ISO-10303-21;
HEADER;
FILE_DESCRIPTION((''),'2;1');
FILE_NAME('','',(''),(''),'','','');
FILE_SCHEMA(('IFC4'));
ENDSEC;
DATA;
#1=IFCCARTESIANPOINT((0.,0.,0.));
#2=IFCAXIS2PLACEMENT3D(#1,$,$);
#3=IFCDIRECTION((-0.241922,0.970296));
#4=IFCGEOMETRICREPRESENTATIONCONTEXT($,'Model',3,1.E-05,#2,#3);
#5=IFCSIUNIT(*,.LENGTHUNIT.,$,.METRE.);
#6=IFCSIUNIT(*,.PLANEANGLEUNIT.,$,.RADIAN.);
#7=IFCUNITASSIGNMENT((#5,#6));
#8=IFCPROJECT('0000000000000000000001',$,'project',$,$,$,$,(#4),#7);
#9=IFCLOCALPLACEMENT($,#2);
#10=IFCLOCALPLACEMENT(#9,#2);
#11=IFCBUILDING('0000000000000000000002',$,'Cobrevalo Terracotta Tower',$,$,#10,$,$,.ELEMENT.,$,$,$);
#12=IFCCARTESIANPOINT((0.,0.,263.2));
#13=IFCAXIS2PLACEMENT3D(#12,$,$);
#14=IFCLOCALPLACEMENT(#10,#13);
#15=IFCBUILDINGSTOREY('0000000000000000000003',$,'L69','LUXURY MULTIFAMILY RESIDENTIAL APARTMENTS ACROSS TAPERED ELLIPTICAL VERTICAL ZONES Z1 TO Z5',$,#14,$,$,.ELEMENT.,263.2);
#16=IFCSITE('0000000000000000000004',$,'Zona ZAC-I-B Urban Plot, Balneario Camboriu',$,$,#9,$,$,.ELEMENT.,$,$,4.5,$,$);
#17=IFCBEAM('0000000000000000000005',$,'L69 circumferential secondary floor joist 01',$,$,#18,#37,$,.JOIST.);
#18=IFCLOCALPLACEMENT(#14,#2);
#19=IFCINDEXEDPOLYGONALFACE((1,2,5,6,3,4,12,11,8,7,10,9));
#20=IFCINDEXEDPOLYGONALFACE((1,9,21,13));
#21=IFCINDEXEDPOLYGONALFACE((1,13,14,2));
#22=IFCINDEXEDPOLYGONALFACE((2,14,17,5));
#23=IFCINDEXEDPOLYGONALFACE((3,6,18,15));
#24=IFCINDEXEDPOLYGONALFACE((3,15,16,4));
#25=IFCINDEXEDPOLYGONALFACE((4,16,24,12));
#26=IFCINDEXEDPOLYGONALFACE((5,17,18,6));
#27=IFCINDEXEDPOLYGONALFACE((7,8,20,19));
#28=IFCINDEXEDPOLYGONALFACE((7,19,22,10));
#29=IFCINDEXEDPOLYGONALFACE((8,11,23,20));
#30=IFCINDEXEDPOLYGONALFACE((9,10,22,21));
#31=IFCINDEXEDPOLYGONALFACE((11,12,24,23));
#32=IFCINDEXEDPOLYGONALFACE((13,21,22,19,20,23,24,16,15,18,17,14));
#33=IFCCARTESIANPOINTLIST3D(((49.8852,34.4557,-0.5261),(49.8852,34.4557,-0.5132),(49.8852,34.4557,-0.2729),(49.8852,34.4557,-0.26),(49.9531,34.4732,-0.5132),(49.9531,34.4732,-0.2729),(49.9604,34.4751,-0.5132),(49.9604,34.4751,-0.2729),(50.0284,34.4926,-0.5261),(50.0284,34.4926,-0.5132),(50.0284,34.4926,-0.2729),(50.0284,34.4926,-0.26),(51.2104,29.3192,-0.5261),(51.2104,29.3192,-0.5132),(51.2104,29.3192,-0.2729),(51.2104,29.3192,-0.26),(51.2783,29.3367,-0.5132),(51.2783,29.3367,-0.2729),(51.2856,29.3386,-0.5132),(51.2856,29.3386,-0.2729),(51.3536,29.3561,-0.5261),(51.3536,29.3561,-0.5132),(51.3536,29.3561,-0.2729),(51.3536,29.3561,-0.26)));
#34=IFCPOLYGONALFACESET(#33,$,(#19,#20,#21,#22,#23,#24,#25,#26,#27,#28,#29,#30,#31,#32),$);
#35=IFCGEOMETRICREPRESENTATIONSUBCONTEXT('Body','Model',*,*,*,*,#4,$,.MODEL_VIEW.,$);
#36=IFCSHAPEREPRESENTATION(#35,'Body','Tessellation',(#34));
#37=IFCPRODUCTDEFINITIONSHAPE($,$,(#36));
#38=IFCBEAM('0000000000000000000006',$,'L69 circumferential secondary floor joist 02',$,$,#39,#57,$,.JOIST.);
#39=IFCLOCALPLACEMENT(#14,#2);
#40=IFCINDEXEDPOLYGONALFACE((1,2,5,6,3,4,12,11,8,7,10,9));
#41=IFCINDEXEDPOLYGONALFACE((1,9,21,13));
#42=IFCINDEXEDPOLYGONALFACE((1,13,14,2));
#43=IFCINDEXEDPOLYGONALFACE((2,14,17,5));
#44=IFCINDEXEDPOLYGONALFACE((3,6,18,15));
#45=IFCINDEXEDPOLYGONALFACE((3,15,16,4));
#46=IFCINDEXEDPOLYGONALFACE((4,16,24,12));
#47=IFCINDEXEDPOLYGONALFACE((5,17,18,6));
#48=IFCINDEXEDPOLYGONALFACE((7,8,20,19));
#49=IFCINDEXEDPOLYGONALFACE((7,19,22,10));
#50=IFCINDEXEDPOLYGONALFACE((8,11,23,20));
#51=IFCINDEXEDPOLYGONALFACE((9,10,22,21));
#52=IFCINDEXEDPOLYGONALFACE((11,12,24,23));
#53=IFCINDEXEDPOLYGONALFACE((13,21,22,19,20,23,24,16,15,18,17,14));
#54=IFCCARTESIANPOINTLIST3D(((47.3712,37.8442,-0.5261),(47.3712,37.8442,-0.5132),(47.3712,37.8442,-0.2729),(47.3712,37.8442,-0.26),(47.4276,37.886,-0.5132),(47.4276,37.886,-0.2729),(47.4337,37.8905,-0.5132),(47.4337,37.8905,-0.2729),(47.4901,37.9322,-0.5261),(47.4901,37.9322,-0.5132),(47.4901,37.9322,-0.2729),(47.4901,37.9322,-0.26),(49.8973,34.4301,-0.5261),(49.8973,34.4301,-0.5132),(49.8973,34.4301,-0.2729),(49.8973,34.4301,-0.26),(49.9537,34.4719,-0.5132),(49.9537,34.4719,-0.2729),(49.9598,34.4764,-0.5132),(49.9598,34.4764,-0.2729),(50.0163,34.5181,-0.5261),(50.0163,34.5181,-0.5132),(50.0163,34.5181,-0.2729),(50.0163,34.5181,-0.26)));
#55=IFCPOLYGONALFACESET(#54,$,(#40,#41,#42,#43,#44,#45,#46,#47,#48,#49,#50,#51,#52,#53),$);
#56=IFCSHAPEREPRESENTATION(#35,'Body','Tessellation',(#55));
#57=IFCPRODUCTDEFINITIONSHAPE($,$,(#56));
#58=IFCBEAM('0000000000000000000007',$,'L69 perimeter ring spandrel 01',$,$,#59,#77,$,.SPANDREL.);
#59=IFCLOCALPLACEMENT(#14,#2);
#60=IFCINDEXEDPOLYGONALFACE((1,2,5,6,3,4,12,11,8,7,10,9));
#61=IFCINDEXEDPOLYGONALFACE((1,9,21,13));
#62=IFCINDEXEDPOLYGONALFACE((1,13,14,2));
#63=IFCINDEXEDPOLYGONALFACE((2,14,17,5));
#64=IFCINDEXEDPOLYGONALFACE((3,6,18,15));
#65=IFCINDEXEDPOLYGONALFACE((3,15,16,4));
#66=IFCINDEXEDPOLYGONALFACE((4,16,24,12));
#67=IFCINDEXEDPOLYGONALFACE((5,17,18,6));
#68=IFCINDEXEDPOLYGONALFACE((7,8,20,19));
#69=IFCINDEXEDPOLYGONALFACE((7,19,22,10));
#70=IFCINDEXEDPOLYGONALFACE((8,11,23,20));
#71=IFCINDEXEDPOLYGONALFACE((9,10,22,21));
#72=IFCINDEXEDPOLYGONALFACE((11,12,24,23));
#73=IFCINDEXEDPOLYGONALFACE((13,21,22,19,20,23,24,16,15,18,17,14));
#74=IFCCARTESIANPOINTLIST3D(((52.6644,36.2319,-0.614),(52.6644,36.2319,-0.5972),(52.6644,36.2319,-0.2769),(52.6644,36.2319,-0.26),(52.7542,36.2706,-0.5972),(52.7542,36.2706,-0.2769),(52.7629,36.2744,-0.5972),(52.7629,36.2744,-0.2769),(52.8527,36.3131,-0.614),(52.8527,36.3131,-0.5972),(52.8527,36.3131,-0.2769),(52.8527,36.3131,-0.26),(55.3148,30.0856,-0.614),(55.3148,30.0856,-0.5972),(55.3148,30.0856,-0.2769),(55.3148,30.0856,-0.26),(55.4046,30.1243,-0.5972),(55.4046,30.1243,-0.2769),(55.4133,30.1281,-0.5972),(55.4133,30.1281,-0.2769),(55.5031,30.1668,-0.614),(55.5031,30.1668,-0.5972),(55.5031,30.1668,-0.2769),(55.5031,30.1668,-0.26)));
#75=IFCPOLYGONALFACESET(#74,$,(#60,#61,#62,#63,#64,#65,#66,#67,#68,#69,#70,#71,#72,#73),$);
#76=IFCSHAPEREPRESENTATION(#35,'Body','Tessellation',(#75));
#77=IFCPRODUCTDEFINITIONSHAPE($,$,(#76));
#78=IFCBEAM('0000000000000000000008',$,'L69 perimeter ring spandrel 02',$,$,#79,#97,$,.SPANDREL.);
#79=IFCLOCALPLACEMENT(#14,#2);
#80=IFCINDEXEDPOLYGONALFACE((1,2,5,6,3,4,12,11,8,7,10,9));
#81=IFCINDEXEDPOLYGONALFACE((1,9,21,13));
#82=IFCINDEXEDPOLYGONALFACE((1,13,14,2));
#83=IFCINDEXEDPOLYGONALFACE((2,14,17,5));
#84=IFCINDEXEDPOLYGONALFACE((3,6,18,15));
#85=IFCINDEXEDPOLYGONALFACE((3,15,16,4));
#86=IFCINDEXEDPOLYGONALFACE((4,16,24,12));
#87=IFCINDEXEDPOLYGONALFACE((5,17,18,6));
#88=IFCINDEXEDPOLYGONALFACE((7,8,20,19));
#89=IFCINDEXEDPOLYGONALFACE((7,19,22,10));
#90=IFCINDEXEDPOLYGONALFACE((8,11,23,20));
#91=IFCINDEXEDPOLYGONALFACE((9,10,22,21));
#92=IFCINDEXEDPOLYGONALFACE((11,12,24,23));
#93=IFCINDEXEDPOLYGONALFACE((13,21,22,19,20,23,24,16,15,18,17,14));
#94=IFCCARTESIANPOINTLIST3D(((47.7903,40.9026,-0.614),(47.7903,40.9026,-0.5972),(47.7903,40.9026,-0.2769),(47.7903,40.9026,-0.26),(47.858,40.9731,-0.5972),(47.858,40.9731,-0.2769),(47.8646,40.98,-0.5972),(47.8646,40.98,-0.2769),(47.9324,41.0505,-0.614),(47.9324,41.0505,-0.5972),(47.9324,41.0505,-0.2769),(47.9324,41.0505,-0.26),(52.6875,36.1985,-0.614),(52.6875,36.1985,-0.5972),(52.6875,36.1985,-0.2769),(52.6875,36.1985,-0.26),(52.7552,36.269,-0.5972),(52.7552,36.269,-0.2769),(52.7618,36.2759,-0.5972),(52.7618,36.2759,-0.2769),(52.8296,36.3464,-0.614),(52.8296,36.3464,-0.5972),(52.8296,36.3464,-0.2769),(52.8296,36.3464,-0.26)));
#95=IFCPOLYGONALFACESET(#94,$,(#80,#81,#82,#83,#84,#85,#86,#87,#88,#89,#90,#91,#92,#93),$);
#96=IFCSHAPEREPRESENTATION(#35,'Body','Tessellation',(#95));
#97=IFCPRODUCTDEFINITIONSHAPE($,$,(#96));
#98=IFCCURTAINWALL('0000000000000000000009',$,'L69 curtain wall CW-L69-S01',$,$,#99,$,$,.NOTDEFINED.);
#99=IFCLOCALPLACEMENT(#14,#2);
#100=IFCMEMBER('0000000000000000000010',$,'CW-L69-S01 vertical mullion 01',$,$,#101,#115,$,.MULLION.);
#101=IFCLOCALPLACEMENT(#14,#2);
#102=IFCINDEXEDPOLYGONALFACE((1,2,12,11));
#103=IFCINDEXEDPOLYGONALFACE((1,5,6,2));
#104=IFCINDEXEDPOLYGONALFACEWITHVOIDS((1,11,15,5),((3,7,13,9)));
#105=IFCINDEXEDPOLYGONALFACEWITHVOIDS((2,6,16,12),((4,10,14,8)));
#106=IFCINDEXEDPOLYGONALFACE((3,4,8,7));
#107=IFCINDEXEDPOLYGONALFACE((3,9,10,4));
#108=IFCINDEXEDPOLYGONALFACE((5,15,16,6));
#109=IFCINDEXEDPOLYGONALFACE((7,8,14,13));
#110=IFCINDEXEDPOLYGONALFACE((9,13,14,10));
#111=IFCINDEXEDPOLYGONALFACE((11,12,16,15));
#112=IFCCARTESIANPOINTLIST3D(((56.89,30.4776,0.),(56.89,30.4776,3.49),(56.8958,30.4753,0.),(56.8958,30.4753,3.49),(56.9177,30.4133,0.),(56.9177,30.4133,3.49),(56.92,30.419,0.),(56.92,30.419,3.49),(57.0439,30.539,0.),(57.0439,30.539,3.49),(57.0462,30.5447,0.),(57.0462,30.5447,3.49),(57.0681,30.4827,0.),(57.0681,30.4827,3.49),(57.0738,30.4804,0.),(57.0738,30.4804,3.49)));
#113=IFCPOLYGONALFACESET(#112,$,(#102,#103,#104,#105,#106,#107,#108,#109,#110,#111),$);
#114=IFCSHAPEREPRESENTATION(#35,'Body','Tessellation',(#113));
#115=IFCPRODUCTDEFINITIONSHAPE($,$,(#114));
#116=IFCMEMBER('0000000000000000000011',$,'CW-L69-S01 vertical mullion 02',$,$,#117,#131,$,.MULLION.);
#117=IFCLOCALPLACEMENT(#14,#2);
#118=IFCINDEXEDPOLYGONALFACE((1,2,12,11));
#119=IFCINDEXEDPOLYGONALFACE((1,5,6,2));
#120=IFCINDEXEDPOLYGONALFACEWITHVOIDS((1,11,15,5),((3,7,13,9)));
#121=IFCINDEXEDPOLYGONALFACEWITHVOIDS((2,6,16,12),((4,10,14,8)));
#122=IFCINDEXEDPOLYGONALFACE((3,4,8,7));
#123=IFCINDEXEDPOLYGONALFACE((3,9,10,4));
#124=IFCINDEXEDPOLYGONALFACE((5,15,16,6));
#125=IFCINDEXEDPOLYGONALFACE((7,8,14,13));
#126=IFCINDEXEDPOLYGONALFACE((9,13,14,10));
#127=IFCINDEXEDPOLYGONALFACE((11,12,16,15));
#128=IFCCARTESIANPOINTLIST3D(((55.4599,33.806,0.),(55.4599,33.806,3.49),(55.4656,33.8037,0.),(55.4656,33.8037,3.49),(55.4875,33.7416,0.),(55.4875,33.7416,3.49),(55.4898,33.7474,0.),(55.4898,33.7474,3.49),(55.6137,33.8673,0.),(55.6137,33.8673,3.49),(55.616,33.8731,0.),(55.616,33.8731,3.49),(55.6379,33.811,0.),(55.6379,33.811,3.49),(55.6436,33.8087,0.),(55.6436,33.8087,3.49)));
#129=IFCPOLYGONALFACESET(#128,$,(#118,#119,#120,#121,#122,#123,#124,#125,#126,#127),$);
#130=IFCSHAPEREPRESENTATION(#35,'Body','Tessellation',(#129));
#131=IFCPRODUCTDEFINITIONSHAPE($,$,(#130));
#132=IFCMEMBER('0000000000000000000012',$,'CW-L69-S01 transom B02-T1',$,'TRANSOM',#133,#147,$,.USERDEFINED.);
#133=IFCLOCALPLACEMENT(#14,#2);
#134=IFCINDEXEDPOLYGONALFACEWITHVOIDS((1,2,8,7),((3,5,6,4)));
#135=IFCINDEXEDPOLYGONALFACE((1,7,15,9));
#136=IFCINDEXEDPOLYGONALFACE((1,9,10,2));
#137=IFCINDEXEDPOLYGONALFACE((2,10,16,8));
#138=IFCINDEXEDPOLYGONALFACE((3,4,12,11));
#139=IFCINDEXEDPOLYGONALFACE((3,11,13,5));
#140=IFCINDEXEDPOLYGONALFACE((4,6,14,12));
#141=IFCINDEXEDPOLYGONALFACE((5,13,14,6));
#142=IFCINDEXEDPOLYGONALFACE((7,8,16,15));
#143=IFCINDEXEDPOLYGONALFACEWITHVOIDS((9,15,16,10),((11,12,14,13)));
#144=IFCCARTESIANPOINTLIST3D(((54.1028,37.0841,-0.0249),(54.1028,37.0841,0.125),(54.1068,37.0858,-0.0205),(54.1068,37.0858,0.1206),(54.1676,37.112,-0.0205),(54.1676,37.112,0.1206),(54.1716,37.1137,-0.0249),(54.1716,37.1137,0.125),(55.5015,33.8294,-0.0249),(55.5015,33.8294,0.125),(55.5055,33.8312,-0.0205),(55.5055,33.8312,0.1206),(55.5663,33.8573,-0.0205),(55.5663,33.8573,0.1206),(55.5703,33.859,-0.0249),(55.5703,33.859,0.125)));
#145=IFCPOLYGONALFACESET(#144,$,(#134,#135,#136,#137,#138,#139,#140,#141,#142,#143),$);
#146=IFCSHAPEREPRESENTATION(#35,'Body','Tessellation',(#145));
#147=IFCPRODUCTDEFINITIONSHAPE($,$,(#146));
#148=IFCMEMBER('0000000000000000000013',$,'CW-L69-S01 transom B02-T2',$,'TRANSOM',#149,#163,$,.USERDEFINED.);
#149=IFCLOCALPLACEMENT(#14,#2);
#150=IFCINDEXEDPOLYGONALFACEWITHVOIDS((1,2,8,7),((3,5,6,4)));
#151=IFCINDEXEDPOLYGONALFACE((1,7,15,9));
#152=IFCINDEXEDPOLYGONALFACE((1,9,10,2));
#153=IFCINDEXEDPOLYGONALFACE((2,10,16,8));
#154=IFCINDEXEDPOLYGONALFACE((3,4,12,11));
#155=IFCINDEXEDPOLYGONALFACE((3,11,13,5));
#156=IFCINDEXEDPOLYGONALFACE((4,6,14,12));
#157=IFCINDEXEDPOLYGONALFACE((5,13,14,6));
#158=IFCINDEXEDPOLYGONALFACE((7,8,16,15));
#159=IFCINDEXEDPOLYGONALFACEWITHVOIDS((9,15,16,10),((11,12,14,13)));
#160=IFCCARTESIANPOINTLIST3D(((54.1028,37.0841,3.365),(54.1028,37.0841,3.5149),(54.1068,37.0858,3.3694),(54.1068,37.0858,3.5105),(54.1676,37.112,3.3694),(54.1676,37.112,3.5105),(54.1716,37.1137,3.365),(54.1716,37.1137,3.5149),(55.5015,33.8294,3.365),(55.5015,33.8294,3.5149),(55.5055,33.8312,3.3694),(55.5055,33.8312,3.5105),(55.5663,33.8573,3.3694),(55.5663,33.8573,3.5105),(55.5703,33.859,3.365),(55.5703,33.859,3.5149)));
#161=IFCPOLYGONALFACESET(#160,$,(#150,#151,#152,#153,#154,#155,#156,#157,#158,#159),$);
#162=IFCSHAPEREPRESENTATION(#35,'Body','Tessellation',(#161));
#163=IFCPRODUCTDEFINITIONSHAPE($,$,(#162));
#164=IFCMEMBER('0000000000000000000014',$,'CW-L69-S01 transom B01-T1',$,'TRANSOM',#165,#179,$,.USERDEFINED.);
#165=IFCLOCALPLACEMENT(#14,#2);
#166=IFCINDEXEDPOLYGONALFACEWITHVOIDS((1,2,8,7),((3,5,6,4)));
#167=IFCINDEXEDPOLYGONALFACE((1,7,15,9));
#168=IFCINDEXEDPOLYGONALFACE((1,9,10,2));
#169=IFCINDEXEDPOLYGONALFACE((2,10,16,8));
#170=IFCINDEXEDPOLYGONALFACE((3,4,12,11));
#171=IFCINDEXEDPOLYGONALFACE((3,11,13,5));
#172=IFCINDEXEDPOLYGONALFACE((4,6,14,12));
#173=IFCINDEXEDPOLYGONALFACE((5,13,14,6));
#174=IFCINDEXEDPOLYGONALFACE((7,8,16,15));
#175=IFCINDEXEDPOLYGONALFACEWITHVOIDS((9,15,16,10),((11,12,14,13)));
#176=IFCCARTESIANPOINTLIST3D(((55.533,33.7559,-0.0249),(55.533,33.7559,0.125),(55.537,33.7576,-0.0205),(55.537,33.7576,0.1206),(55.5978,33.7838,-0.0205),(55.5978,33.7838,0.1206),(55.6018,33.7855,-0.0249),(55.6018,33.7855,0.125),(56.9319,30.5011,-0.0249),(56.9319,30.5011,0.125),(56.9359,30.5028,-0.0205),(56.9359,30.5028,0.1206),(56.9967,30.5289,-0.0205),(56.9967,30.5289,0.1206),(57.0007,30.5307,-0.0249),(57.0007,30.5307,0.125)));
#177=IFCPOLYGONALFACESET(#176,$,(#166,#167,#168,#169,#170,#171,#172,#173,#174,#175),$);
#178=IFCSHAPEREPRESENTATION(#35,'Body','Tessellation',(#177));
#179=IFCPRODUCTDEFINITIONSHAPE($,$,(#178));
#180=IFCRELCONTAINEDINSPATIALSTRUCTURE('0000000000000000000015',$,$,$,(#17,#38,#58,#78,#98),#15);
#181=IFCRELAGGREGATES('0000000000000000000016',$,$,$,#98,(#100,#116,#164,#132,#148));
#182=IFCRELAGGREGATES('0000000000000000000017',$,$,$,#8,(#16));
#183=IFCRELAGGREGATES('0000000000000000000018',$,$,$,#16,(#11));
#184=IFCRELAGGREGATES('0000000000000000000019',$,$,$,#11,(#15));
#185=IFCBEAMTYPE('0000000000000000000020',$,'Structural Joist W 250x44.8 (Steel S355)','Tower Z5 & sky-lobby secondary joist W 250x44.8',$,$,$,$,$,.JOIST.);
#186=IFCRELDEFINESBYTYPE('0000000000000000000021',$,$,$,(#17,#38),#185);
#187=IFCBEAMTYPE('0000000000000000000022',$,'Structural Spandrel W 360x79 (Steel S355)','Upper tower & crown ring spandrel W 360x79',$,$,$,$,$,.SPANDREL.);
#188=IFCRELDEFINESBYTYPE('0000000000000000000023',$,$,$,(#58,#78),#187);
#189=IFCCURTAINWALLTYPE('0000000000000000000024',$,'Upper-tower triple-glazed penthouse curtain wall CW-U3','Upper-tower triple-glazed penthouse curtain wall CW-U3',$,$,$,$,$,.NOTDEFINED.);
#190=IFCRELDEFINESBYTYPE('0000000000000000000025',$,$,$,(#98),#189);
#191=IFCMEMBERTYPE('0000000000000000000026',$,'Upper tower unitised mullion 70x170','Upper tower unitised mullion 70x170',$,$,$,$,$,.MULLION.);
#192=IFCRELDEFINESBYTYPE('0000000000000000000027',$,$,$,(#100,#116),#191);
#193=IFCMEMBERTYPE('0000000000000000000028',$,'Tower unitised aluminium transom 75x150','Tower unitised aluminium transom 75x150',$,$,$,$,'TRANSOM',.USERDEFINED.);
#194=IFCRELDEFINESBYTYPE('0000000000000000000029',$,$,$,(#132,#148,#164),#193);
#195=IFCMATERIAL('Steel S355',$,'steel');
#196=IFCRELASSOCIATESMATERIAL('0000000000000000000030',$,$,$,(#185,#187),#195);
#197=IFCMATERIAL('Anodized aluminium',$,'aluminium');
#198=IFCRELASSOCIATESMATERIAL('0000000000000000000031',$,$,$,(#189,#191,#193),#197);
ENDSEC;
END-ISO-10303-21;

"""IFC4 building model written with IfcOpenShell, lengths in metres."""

from ifc_helpers import new_model, si_unit, direction, frame, origin, origin_2d, place, context, subcontext, project, spatial, hollow_rectangle, i_section, extrude, source, transform, mapped, material, material_profile, profile_set, type_object, element, aggregate, save


model = new_model("IFC4")

# Units and contexts
model_context = context("Model", 3, precision=1e-05, world=origin(), true_north=direction((-0.241922, 0.970296)))
body_context = subcontext(model_context, "Body", "Model", "MODEL_VIEW")
ifc_project = project(units=[si_unit("LENGTHUNIT", "METRE"), si_unit("PLANEANGLEUNIT", "RADIAN")], contexts=[model_context])

# Site, building, storey
site_placement = place(None, origin())
site = spatial("IfcSite", under=ifc_project, at=site_placement, Name="Zona ZAC-I-B Urban Plot, Balneario Camboriu", CompositionType="ELEMENT", RefElevation=4.5)
building_placement = place(site_placement, origin())
building = spatial("IfcBuilding", under=site, at=building_placement, Name="Cobrevalo Terracotta Tower", CompositionType="ELEMENT")
storey_placement = place(building_placement, frame((0.0, 0.0, 263.2)))
storey = spatial("IfcBuildingStorey", under=building, at=storey_placement, Name="L69", Description="LUXURY MULTIFAMILY RESIDENTIAL APARTMENTS ACROSS TAPERED ELLIPTICAL VERTICAL ZONES Z1 TO Z5", CompositionType="ELEMENT", Elevation=263.2)

# Shared definitions
ifc_material_1 = material(Name="Steel S355", Category="steel")

# Beams
ifc_material_profile_1 = material_profile(ifc_material_1, i_section(OverallWidth=0.1479, OverallDepth=0.2661, WebThickness=0.0076, FlangeThickness=0.0129, at=origin_2d()), Name="W 250x44.8")
ifc_profile_set_1 = profile_set([ifc_material_profile_1], Name="Steel S355")
beam_type_1 = type_object("IfcBeamType", Name="Structural Joist W 250x44.8 (Steel S355)", Description="Tower Z5 & sky-lobby secondary joist W 250x44.8", PredefinedType="JOIST", material=ifc_profile_set_1)
beam_1_placement = place(storey_placement, frame((51.282, 29.3376, -0.3931), z_axis=(-0.249817, 0.968293, 0.0), x_axis=(-0.968293, -0.249817, 0.0)))
element("IfcBeam", 1, at=beam_1_placement, inside=storey, type_object=beam_type_1, Name="L69 circumferential secondary floor joist 01", PredefinedType="JOIST", context=body_context, shape_type="SweptSolid", body=[
    extrude(i_section(OverallWidth=0.1479, OverallDepth=0.2661, WebThickness=0.0076, FlangeThickness=0.0129, at=origin_2d()), origin(), (0.0, 0.0, 1.0), 5.3047),
])
beam_2_placement = place(storey_placement, frame((49.9568, 34.4741, -0.3931), z_axis=(-0.5948, 0.803874, 0.0), x_axis=(-0.803874, -0.5948, 0.0)))
element("IfcBeam", 2, at=beam_2_placement, inside=storey, type_object=beam_type_1, Name="L69 circumferential secondary floor joist 02", PredefinedType="JOIST", context=body_context, shape_type="SweptSolid", body=[
    extrude(i_section(OverallWidth=0.1479, OverallDepth=0.2661, WebThickness=0.0076, FlangeThickness=0.0129, at=origin_2d()), origin(), (0.0, 0.0, 1.0), 4.2471),
])
ifc_material_profile_2 = material_profile(ifc_material_1, i_section(OverallWidth=0.2051, OverallDepth=0.354, WebThickness=0.0095, FlangeThickness=0.0168, at=origin_2d()), Name="W 360x79")
ifc_profile_set_2 = profile_set([ifc_material_profile_2], Name="Steel S355")
beam_type_2 = type_object("IfcBeamType", Name="Structural Spandrel W 360x79 (Steel S355)", Description="Upper tower & crown ring spandrel W 360x79", PredefinedType="SPANDREL", material=ifc_profile_set_2)
beam_3_placement = place(storey_placement, frame((55.4089, 30.1262, -0.437), z_axis=(-0.395974, 0.918262, 0.0), x_axis=(-0.918262, -0.395974, 0.0)))
element("IfcBeam", 3, at=beam_3_placement, inside=storey, type_object=beam_type_2, Name="L69 perimeter ring spandrel 01", PredefinedType="SPANDREL", context=body_context, shape_type="SweptSolid", body=[
    extrude(i_section(OverallWidth=0.2051, OverallDepth=0.354, WebThickness=0.0095, FlangeThickness=0.0168, at=origin_2d()), origin(), (0.0, 0.0, 1.0), 6.6934),
])
beam_4_placement = place(storey_placement, frame((52.7585, 36.2725, -0.437), z_axis=(-0.721183, 0.692744, 0.0), x_axis=(-0.692744, -0.721183, 0.0)))
element("IfcBeam", 4, at=beam_4_placement, inside=storey, type_object=beam_type_2, Name="L69 perimeter ring spandrel 02", PredefinedType="SPANDREL", context=body_context, shape_type="SweptSolid", body=[
    extrude(i_section(OverallWidth=0.2051, OverallDepth=0.354, WebThickness=0.0095, FlangeThickness=0.0168, at=origin_2d()), origin(), (0.0, 0.0, 1.0), 6.7905),
])

# Curtain wall, members
ifc_material_2 = material(Name="Anodized aluminium", Category="aluminium")
curtain_wall_type = type_object("IfcCurtainWallType", Name="Upper-tower triple-glazed penthouse curtain wall CW-U3", Description="Upper-tower triple-glazed penthouse curtain wall CW-U3", PredefinedType="NOTDEFINED", material=ifc_material_2)
curtain_wall_placement = place(storey_placement, origin())
curtain_wall = element("IfcCurtainWall", 5, at=curtain_wall_placement, inside=storey, type_object=curtain_wall_type, Name="L69 curtain wall CW-L69-S01", PredefinedType="NOTDEFINED")
ifc_material_profile_3 = material_profile(ifc_material_2, hollow_rectangle(XDim=0.0701, YDim=0.1699, WallThickness=0.0044, at=origin_2d()), Name="CWM 70x170")
ifc_profile_set_3 = profile_set([ifc_material_profile_3], Name="Anodized aluminium")
member_type_1 = type_object("IfcMemberType", Name="Upper tower unitised mullion 70x170", Description="Upper tower unitised mullion 70x170", PredefinedType="MULLION", material=ifc_profile_set_3)
shared_shape_1 = source(origin(), body_context, "Body", "SweptSolid", [
    extrude(hollow_rectangle(XDim=0.0701, YDim=0.1699, WallThickness=0.0044, at=origin_2d()), origin(), (0.0, 0.0, 1.0), 3.49),
])
member_1_placement = place(storey_placement, frame((56.9819, 30.479, 0.0), z_axis=(0.0, 0.0, 1.0), x_axis=(-0.394824, 0.918757, 0.0)))
member_1 = element("IfcMember", 6, at=member_1_placement, type_object=member_type_1, Name="CW-L69-S01 vertical mullion 01", PredefinedType="MULLION", context=body_context, shape_type="MappedRepresentation", body=[
    mapped(shared_shape_1, transform((0.0, 0.0, 0.0), scale=1.0)),
])
member_2_placement = place(storey_placement, frame((55.5518, 33.8074, 0.0), z_axis=(0.0, 0.0, 1.0), x_axis=(-0.394824, 0.918757, 0.0)))
member_2 = element("IfcMember", 7, at=member_2_placement, type_object=member_type_1, Name="CW-L69-S01 vertical mullion 02", PredefinedType="MULLION", context=body_context, shape_type="MappedRepresentation", body=[
    mapped(shared_shape_1, transform((0.0, 0.0, 0.0), scale=1.0)),
])
ifc_material_profile_4 = material_profile(ifc_material_2, hollow_rectangle(XDim=0.075, YDim=0.1499, WallThickness=0.0044, at=origin_2d()), Name="CWT 75x150")
ifc_profile_set_4 = profile_set([ifc_material_profile_4], Name="Anodized aluminium")
member_type_2 = type_object("IfcMemberType", Name="Tower unitised aluminium transom 75x150", Description="Tower unitised aluminium transom 75x150", ElementType="TRANSOM", PredefinedType="USERDEFINED", material=ifc_profile_set_4)
shared_shape_2 = source(origin(), body_context, "Body", "SweptSolid", [
    extrude(hollow_rectangle(XDim=0.075, YDim=0.1499, WallThickness=0.0044, at=origin_2d()), origin(), (0.0, 0.0, 1.0), 3.5425),
])
member_3_placement = place(storey_placement, frame((55.5359, 33.8442, 0.05), z_axis=(-0.394834, 0.918752, 0.0), x_axis=(-0.918752, -0.394834, 0.0)))
member_3 = element("IfcMember", 8, at=member_3_placement, type_object=member_type_2, Name="CW-L69-S01 transom B02-T1", ObjectType="TRANSOM", PredefinedType="USERDEFINED", context=body_context, shape_type="MappedRepresentation", body=[
    mapped(shared_shape_2, transform((0.0, 0.0, 0.0), scale=1.0)),
])
member_4_placement = place(storey_placement, frame((55.5359, 33.8442, 3.4399), z_axis=(-0.394834, 0.918752, 0.0), x_axis=(-0.918752, -0.394834, 0.0)))
member_4 = element("IfcMember", 9, at=member_4_placement, type_object=member_type_2, Name="CW-L69-S01 transom B02-T2", ObjectType="TRANSOM", PredefinedType="USERDEFINED", context=body_context, shape_type="MappedRepresentation", body=[
    mapped(shared_shape_2, transform((0.0, 0.0, 0.0), scale=1.0)),
])
shared_shape_3 = source(origin(), body_context, "Body", "SweptSolid", [
    extrude(hollow_rectangle(XDim=0.075, YDim=0.1499, WallThickness=0.0044, at=origin_2d()), origin(), (0.0, 0.0, 1.0), 3.5427),
])
member_5_placement = place(storey_placement, frame((56.9663, 30.5159, 0.05), z_axis=(-0.394867, 0.918738, 0.0), x_axis=(-0.918738, -0.394867, 0.0)))
member_5 = element("IfcMember", 10, at=member_5_placement, type_object=member_type_2, Name="CW-L69-S01 transom B01-T1", ObjectType="TRANSOM", PredefinedType="USERDEFINED", context=body_context, shape_type="MappedRepresentation", body=[
    mapped(shared_shape_3, transform((0.0, 0.0, 0.0), scale=1.0)),
])
aggregate(curtain_wall, [member_1, member_2, member_5, member_3, member_4])

save(model, "model.ifc")
